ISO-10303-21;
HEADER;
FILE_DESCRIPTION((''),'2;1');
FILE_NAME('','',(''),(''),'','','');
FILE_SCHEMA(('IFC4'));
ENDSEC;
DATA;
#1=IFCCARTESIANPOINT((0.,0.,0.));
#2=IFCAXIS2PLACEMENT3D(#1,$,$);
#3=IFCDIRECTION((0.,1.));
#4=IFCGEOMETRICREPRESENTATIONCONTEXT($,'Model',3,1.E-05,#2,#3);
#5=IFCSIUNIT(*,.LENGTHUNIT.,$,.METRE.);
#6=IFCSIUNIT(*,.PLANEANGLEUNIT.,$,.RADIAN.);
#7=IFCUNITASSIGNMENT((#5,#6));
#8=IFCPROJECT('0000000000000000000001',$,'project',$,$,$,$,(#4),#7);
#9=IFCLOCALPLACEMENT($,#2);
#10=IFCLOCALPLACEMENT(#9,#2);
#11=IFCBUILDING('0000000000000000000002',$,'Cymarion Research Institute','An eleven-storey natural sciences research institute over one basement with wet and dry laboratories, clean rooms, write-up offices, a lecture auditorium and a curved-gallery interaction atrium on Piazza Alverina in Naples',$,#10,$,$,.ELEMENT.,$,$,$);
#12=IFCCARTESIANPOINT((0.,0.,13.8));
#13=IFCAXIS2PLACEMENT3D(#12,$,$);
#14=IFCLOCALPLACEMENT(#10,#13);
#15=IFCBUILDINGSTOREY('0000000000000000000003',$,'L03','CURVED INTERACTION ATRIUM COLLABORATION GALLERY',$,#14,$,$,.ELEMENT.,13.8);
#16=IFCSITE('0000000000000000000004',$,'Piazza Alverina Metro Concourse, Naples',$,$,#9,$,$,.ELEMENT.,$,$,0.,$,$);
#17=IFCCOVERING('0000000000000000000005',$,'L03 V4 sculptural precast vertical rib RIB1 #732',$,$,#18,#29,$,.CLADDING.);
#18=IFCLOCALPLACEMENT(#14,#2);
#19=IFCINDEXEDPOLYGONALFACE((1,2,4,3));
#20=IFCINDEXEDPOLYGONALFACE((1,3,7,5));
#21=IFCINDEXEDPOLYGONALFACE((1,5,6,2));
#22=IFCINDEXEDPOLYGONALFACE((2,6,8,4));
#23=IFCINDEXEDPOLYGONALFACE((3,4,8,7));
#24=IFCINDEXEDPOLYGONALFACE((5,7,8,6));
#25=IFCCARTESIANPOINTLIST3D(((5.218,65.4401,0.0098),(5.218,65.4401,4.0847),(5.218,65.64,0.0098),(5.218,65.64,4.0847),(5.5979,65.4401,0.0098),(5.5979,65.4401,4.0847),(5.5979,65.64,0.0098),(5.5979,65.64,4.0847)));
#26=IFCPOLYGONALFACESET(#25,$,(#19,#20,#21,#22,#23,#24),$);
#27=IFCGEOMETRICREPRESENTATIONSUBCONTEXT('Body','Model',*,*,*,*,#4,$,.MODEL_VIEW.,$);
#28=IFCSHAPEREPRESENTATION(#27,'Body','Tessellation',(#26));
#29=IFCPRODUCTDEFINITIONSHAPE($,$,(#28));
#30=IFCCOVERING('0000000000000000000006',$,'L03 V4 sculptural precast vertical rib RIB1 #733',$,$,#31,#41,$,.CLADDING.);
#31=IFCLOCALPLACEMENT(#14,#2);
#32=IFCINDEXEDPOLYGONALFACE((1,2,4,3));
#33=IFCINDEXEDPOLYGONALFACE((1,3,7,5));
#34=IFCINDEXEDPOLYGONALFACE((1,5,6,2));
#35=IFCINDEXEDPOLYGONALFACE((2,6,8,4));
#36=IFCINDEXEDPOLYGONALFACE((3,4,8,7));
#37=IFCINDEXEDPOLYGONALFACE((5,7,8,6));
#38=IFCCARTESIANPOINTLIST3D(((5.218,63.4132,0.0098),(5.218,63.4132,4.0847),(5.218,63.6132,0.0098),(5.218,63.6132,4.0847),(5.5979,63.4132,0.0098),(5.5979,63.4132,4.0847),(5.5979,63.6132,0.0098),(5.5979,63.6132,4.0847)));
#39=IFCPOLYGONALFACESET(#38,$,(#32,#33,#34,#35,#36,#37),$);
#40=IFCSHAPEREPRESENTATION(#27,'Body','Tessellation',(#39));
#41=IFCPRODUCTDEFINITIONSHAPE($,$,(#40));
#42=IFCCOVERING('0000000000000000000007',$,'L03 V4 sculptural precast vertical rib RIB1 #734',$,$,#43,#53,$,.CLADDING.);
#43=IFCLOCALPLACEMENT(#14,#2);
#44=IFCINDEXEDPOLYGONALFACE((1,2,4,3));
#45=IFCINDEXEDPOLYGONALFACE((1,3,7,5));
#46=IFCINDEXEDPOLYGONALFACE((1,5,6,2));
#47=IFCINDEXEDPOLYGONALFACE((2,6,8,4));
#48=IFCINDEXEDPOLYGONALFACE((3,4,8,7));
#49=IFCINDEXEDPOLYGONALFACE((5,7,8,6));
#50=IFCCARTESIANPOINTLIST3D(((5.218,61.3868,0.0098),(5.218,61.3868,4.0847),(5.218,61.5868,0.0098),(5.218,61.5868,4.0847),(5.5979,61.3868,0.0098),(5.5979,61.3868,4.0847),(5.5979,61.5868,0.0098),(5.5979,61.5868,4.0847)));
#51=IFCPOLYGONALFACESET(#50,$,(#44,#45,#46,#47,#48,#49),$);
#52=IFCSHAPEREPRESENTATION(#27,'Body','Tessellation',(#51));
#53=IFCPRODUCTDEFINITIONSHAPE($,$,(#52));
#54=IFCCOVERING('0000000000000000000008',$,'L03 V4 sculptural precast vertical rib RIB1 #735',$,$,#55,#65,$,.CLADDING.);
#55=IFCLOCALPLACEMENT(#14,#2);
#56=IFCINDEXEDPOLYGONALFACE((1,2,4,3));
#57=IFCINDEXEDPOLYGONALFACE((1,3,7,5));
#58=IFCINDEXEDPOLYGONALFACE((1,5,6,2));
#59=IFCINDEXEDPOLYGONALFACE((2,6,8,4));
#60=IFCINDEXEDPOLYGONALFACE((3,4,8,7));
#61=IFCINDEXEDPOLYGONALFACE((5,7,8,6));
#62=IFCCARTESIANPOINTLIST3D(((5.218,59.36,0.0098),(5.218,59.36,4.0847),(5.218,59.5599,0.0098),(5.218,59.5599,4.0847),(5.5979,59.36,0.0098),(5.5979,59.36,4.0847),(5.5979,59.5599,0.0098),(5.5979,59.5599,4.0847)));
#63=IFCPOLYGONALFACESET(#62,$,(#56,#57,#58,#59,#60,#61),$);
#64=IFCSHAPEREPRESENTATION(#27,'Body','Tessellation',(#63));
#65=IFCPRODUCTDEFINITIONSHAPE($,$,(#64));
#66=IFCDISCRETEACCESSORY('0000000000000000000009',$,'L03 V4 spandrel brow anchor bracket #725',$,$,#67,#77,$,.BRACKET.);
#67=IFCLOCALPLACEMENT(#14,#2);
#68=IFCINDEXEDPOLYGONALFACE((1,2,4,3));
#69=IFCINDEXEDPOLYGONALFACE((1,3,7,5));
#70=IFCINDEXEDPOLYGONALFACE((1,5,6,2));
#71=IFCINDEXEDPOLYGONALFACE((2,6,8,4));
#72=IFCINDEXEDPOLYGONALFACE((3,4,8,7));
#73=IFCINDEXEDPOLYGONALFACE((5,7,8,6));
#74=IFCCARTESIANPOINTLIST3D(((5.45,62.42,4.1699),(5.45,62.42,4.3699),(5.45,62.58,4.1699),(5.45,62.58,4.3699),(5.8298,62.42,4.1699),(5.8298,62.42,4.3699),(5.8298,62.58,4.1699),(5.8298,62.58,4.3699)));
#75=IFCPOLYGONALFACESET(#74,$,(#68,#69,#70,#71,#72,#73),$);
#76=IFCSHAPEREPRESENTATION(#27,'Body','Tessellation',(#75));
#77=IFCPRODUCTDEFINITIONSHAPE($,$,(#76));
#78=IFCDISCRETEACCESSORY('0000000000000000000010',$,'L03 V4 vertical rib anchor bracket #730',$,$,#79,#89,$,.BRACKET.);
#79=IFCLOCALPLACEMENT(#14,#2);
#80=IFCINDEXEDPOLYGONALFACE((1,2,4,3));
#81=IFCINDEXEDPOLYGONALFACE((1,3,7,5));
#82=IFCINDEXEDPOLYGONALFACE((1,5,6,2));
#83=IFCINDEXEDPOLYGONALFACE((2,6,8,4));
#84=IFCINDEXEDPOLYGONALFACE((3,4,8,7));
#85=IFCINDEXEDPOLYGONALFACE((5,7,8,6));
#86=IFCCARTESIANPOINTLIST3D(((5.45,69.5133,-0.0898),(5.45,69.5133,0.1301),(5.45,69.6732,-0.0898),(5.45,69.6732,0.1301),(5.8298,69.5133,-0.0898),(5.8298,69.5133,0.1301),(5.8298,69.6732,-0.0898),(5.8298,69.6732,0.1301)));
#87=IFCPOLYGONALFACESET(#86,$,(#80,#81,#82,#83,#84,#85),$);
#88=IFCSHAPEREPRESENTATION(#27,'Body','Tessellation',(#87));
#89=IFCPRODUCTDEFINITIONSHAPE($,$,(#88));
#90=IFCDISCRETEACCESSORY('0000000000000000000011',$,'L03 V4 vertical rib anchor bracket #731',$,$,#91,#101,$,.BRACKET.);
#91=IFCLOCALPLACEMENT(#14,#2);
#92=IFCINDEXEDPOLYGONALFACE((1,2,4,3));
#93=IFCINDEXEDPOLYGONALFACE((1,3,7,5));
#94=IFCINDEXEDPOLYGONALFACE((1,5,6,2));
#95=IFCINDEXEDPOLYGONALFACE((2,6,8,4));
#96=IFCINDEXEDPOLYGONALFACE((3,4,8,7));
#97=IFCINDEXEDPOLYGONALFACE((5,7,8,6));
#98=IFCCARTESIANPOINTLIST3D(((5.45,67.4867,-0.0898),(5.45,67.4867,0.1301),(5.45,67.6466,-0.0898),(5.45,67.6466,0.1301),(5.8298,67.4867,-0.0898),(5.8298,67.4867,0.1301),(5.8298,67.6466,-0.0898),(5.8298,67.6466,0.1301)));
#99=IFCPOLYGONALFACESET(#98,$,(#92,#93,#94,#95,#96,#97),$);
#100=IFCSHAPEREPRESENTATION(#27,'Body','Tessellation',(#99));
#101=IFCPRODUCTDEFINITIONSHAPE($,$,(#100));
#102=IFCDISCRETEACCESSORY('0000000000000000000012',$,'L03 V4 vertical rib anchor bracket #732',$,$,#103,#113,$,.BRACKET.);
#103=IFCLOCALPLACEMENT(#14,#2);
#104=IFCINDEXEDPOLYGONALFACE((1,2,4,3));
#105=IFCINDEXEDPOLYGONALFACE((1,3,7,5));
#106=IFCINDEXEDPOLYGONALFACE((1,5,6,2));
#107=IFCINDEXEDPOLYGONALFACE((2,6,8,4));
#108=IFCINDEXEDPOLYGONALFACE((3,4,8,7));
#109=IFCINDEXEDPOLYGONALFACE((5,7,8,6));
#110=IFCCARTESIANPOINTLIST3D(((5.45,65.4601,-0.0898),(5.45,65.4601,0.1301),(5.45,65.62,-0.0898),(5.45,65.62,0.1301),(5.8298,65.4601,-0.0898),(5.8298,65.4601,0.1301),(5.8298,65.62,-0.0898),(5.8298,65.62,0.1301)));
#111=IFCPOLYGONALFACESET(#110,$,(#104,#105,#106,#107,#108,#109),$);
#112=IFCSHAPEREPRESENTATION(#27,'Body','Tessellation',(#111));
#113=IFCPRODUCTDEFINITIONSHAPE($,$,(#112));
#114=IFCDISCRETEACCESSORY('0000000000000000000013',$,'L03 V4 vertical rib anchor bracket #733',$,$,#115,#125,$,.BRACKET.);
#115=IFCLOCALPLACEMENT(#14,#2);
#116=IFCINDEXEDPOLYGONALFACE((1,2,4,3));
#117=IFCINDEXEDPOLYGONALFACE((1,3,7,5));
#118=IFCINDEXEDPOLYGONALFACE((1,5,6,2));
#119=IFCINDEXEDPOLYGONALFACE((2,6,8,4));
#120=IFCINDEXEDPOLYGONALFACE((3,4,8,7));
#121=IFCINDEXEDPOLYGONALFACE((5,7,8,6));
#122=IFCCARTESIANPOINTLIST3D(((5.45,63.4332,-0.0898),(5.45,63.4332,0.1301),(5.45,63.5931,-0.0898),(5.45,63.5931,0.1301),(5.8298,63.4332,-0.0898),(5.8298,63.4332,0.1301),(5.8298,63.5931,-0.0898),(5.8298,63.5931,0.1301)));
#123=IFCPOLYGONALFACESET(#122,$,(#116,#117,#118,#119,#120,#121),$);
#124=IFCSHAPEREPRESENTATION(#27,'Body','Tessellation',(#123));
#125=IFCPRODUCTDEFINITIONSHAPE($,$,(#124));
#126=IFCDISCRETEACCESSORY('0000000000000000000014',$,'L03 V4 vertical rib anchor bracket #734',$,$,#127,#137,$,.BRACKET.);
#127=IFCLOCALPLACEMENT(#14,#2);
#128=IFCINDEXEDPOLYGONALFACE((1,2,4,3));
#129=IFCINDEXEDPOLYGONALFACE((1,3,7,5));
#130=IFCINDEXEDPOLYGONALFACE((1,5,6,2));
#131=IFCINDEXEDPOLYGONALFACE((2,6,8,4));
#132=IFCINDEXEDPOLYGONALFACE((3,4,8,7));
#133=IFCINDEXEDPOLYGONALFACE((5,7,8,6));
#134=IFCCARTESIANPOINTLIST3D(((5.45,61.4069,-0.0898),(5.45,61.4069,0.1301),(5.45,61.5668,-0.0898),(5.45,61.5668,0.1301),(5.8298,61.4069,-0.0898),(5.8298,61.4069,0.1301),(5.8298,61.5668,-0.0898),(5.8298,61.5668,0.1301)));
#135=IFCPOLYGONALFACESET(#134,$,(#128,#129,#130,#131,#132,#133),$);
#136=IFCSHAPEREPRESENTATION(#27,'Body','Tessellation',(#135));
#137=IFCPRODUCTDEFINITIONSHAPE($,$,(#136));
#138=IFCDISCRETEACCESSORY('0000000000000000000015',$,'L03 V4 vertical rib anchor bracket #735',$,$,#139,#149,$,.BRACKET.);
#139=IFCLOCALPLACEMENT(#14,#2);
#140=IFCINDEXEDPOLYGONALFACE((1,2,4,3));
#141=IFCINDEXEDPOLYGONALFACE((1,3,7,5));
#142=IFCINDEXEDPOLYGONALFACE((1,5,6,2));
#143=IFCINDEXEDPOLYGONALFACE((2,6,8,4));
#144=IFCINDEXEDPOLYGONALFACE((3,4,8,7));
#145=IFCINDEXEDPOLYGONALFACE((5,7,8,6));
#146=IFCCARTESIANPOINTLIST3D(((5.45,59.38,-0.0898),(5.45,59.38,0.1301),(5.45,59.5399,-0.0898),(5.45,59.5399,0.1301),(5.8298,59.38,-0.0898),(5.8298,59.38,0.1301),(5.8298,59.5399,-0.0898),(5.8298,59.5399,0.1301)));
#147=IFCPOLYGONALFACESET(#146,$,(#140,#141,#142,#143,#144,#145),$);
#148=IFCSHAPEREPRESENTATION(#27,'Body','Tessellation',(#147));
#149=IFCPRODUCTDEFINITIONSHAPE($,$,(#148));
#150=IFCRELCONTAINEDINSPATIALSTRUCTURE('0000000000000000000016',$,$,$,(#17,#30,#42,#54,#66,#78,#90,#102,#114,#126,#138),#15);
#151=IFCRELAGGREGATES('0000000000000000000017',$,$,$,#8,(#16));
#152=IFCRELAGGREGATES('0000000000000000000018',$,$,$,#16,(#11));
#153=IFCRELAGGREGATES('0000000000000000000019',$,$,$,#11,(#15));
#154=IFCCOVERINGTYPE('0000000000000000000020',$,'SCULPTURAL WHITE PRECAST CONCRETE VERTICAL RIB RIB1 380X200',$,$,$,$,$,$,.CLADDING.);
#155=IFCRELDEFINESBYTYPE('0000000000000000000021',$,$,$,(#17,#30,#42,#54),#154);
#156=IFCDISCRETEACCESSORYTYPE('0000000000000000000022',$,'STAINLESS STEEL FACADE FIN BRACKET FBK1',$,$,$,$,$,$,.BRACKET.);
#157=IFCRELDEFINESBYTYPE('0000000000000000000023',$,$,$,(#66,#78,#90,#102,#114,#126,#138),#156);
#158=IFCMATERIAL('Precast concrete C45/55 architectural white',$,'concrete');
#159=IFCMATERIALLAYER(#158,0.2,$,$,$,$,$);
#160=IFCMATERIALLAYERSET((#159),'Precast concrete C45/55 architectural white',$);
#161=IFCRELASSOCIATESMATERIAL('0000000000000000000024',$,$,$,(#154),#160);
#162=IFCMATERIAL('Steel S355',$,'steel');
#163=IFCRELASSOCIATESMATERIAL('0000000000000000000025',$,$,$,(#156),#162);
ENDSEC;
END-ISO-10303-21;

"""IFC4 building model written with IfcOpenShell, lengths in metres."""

from ifc_helpers import new_model, si_unit, direction, frame, origin, origin_2d, place, context, subcontext, project, spatial, rectangle, extrude, material, layer, layer_set, type_object, element, save


model = new_model("IFC4")

# Units and contexts
model_context = context("Model", 3, precision=1e-05, world=origin(), true_north=direction((0.0, 1.0)))
body_context = subcontext(model_context, "Body", "Model", "MODEL_VIEW")
ifc_project = project(units=[si_unit("LENGTHUNIT", "METRE"), si_unit("PLANEANGLEUNIT", "RADIAN")], contexts=[model_context])

# Site, building, storey
site_placement = place(None, origin())
site = spatial("IfcSite", under=ifc_project, at=site_placement, Name="Piazza Alverina Metro Concourse, Naples", CompositionType="ELEMENT", RefElevation=0.0)
building_placement = place(site_placement, origin())
building = spatial("IfcBuilding", under=site, at=building_placement, Name="Cymarion Research Institute", Description="An eleven-storey natural sciences research institute over one basement with wet and dry laboratories, clean rooms, write-up offices, a lecture auditorium and a curved-gallery interaction atrium on Piazza Alverina in Naples", CompositionType="ELEMENT")
storey_placement = place(building_placement, frame((0.0, 0.0, 13.8)))
storey = spatial("IfcBuildingStorey", under=building, at=storey_placement, Name="L03", Description="CURVED INTERACTION ATRIUM COLLABORATION GALLERY", CompositionType="ELEMENT", Elevation=13.8)

# Coverings
ifc_material_1 = material(Name="Precast concrete C45/55 architectural white", Category="concrete")
ifc_layer_1 = layer(ifc_material_1, 0.2)
ifc_layer_set_1 = layer_set([ifc_layer_1], Name="Precast concrete C45/55 architectural white")
covering_type_1 = type_object("IfcCoveringType", Name="SCULPTURAL WHITE PRECAST CONCRETE VERTICAL RIB RIB1 380X200", PredefinedType="CLADDING", material=ifc_layer_set_1)
for number, where, z_axis, x_axis, name in (
    (1, (5.408, 65.54, 0.0098), (0.0, 0.0, 1.0), (-1.0, 0.0, 0.0), "L03 V4 sculptural precast vertical rib RIB1 #732"),
    (2, (5.408, 63.5132, 0.0098), (0.0, 0.0, 1.0), (-1.0, 0.0, 0.0), "L03 V4 sculptural precast vertical rib RIB1 #733"),
    (3, (5.408, 61.4868, 0.0098), (0.0, 0.0, 1.0), (-1.0, 0.0, 0.0), "L03 V4 sculptural precast vertical rib RIB1 #734"),
    (4, (5.408, 59.46, 0.0098), (0.0, 0.0, 1.0), (-1.0, 0.0, 0.0), "L03 V4 sculptural precast vertical rib RIB1 #735"),
):
    element("IfcCovering", number, at=place(storey_placement, frame(where, z_axis=z_axis, x_axis=x_axis)), inside=storey, type_object=covering_type_1, Name=name, PredefinedType="CLADDING", context=body_context, shape_type="SweptSolid", body=[
        extrude(rectangle(XDim=0.3799, YDim=0.2, at=origin_2d()), origin(), (0.0, 0.0, 1.0), 4.075),
    ])

# Discrete accessories
ifc_material_2 = material(Name="Steel S355", Category="steel")
discrete_accessory_type = type_object("IfcDiscreteAccessoryType", Name="STAINLESS STEEL FACADE FIN BRACKET FBK1", PredefinedType="BRACKET", material=ifc_material_2)
discrete_accessory_placement = place(storey_placement, frame((5.6399, 62.5, 4.1699), z_axis=(0.0, 0.0, 1.0), x_axis=(-1.0, 0.0, 0.0)))
element("IfcDiscreteAccessory", 5, at=discrete_accessory_placement, inside=storey, type_object=discrete_accessory_type, Name="L03 V4 spandrel brow anchor bracket #725", PredefinedType="BRACKET", context=body_context, shape_type="SweptSolid", body=[
    extrude(rectangle(XDim=0.3799, YDim=0.1599, at=origin_2d()), origin(), (0.0, 0.0, 1.0), 0.2),
])
for number, where, z_axis, x_axis, name in (
    (6, (5.6399, 69.5933, -0.0898), (0.0, 0.0, 1.0), (-1.0, 0.0, 0.0), "L03 V4 vertical rib anchor bracket #730"),
    (7, (5.6399, 67.5667, -0.0898), (0.0, 0.0, 1.0), (-1.0, 0.0, 0.0), "L03 V4 vertical rib anchor bracket #731"),
    (8, (5.6399, 65.54, -0.0898), (0.0, 0.0, 1.0), (-1.0, 0.0, 0.0), "L03 V4 vertical rib anchor bracket #732"),
    (9, (5.6399, 63.5132, -0.0898), (0.0, 0.0, 1.0), (-1.0, 0.0, 0.0), "L03 V4 vertical rib anchor bracket #733"),
    (10, (5.6399, 61.4868, -0.0898), (0.0, 0.0, 1.0), (-1.0, 0.0, 0.0), "L03 V4 vertical rib anchor bracket #734"),
    (11, (5.6399, 59.46, -0.0898), (0.0, 0.0, 1.0), (-1.0, 0.0, 0.0), "L03 V4 vertical rib anchor bracket #735"),
):
    element("IfcDiscreteAccessory", number, at=place(storey_placement, frame(where, z_axis=z_axis, x_axis=x_axis)), inside=storey, type_object=discrete_accessory_type, Name=name, PredefinedType="BRACKET", context=body_context, shape_type="SweptSolid", body=[
        extrude(rectangle(XDim=0.3799, YDim=0.1599, at=origin_2d()), origin(), (0.0, 0.0, 1.0), 0.22),
    ])

save(model, "model.ifc")
